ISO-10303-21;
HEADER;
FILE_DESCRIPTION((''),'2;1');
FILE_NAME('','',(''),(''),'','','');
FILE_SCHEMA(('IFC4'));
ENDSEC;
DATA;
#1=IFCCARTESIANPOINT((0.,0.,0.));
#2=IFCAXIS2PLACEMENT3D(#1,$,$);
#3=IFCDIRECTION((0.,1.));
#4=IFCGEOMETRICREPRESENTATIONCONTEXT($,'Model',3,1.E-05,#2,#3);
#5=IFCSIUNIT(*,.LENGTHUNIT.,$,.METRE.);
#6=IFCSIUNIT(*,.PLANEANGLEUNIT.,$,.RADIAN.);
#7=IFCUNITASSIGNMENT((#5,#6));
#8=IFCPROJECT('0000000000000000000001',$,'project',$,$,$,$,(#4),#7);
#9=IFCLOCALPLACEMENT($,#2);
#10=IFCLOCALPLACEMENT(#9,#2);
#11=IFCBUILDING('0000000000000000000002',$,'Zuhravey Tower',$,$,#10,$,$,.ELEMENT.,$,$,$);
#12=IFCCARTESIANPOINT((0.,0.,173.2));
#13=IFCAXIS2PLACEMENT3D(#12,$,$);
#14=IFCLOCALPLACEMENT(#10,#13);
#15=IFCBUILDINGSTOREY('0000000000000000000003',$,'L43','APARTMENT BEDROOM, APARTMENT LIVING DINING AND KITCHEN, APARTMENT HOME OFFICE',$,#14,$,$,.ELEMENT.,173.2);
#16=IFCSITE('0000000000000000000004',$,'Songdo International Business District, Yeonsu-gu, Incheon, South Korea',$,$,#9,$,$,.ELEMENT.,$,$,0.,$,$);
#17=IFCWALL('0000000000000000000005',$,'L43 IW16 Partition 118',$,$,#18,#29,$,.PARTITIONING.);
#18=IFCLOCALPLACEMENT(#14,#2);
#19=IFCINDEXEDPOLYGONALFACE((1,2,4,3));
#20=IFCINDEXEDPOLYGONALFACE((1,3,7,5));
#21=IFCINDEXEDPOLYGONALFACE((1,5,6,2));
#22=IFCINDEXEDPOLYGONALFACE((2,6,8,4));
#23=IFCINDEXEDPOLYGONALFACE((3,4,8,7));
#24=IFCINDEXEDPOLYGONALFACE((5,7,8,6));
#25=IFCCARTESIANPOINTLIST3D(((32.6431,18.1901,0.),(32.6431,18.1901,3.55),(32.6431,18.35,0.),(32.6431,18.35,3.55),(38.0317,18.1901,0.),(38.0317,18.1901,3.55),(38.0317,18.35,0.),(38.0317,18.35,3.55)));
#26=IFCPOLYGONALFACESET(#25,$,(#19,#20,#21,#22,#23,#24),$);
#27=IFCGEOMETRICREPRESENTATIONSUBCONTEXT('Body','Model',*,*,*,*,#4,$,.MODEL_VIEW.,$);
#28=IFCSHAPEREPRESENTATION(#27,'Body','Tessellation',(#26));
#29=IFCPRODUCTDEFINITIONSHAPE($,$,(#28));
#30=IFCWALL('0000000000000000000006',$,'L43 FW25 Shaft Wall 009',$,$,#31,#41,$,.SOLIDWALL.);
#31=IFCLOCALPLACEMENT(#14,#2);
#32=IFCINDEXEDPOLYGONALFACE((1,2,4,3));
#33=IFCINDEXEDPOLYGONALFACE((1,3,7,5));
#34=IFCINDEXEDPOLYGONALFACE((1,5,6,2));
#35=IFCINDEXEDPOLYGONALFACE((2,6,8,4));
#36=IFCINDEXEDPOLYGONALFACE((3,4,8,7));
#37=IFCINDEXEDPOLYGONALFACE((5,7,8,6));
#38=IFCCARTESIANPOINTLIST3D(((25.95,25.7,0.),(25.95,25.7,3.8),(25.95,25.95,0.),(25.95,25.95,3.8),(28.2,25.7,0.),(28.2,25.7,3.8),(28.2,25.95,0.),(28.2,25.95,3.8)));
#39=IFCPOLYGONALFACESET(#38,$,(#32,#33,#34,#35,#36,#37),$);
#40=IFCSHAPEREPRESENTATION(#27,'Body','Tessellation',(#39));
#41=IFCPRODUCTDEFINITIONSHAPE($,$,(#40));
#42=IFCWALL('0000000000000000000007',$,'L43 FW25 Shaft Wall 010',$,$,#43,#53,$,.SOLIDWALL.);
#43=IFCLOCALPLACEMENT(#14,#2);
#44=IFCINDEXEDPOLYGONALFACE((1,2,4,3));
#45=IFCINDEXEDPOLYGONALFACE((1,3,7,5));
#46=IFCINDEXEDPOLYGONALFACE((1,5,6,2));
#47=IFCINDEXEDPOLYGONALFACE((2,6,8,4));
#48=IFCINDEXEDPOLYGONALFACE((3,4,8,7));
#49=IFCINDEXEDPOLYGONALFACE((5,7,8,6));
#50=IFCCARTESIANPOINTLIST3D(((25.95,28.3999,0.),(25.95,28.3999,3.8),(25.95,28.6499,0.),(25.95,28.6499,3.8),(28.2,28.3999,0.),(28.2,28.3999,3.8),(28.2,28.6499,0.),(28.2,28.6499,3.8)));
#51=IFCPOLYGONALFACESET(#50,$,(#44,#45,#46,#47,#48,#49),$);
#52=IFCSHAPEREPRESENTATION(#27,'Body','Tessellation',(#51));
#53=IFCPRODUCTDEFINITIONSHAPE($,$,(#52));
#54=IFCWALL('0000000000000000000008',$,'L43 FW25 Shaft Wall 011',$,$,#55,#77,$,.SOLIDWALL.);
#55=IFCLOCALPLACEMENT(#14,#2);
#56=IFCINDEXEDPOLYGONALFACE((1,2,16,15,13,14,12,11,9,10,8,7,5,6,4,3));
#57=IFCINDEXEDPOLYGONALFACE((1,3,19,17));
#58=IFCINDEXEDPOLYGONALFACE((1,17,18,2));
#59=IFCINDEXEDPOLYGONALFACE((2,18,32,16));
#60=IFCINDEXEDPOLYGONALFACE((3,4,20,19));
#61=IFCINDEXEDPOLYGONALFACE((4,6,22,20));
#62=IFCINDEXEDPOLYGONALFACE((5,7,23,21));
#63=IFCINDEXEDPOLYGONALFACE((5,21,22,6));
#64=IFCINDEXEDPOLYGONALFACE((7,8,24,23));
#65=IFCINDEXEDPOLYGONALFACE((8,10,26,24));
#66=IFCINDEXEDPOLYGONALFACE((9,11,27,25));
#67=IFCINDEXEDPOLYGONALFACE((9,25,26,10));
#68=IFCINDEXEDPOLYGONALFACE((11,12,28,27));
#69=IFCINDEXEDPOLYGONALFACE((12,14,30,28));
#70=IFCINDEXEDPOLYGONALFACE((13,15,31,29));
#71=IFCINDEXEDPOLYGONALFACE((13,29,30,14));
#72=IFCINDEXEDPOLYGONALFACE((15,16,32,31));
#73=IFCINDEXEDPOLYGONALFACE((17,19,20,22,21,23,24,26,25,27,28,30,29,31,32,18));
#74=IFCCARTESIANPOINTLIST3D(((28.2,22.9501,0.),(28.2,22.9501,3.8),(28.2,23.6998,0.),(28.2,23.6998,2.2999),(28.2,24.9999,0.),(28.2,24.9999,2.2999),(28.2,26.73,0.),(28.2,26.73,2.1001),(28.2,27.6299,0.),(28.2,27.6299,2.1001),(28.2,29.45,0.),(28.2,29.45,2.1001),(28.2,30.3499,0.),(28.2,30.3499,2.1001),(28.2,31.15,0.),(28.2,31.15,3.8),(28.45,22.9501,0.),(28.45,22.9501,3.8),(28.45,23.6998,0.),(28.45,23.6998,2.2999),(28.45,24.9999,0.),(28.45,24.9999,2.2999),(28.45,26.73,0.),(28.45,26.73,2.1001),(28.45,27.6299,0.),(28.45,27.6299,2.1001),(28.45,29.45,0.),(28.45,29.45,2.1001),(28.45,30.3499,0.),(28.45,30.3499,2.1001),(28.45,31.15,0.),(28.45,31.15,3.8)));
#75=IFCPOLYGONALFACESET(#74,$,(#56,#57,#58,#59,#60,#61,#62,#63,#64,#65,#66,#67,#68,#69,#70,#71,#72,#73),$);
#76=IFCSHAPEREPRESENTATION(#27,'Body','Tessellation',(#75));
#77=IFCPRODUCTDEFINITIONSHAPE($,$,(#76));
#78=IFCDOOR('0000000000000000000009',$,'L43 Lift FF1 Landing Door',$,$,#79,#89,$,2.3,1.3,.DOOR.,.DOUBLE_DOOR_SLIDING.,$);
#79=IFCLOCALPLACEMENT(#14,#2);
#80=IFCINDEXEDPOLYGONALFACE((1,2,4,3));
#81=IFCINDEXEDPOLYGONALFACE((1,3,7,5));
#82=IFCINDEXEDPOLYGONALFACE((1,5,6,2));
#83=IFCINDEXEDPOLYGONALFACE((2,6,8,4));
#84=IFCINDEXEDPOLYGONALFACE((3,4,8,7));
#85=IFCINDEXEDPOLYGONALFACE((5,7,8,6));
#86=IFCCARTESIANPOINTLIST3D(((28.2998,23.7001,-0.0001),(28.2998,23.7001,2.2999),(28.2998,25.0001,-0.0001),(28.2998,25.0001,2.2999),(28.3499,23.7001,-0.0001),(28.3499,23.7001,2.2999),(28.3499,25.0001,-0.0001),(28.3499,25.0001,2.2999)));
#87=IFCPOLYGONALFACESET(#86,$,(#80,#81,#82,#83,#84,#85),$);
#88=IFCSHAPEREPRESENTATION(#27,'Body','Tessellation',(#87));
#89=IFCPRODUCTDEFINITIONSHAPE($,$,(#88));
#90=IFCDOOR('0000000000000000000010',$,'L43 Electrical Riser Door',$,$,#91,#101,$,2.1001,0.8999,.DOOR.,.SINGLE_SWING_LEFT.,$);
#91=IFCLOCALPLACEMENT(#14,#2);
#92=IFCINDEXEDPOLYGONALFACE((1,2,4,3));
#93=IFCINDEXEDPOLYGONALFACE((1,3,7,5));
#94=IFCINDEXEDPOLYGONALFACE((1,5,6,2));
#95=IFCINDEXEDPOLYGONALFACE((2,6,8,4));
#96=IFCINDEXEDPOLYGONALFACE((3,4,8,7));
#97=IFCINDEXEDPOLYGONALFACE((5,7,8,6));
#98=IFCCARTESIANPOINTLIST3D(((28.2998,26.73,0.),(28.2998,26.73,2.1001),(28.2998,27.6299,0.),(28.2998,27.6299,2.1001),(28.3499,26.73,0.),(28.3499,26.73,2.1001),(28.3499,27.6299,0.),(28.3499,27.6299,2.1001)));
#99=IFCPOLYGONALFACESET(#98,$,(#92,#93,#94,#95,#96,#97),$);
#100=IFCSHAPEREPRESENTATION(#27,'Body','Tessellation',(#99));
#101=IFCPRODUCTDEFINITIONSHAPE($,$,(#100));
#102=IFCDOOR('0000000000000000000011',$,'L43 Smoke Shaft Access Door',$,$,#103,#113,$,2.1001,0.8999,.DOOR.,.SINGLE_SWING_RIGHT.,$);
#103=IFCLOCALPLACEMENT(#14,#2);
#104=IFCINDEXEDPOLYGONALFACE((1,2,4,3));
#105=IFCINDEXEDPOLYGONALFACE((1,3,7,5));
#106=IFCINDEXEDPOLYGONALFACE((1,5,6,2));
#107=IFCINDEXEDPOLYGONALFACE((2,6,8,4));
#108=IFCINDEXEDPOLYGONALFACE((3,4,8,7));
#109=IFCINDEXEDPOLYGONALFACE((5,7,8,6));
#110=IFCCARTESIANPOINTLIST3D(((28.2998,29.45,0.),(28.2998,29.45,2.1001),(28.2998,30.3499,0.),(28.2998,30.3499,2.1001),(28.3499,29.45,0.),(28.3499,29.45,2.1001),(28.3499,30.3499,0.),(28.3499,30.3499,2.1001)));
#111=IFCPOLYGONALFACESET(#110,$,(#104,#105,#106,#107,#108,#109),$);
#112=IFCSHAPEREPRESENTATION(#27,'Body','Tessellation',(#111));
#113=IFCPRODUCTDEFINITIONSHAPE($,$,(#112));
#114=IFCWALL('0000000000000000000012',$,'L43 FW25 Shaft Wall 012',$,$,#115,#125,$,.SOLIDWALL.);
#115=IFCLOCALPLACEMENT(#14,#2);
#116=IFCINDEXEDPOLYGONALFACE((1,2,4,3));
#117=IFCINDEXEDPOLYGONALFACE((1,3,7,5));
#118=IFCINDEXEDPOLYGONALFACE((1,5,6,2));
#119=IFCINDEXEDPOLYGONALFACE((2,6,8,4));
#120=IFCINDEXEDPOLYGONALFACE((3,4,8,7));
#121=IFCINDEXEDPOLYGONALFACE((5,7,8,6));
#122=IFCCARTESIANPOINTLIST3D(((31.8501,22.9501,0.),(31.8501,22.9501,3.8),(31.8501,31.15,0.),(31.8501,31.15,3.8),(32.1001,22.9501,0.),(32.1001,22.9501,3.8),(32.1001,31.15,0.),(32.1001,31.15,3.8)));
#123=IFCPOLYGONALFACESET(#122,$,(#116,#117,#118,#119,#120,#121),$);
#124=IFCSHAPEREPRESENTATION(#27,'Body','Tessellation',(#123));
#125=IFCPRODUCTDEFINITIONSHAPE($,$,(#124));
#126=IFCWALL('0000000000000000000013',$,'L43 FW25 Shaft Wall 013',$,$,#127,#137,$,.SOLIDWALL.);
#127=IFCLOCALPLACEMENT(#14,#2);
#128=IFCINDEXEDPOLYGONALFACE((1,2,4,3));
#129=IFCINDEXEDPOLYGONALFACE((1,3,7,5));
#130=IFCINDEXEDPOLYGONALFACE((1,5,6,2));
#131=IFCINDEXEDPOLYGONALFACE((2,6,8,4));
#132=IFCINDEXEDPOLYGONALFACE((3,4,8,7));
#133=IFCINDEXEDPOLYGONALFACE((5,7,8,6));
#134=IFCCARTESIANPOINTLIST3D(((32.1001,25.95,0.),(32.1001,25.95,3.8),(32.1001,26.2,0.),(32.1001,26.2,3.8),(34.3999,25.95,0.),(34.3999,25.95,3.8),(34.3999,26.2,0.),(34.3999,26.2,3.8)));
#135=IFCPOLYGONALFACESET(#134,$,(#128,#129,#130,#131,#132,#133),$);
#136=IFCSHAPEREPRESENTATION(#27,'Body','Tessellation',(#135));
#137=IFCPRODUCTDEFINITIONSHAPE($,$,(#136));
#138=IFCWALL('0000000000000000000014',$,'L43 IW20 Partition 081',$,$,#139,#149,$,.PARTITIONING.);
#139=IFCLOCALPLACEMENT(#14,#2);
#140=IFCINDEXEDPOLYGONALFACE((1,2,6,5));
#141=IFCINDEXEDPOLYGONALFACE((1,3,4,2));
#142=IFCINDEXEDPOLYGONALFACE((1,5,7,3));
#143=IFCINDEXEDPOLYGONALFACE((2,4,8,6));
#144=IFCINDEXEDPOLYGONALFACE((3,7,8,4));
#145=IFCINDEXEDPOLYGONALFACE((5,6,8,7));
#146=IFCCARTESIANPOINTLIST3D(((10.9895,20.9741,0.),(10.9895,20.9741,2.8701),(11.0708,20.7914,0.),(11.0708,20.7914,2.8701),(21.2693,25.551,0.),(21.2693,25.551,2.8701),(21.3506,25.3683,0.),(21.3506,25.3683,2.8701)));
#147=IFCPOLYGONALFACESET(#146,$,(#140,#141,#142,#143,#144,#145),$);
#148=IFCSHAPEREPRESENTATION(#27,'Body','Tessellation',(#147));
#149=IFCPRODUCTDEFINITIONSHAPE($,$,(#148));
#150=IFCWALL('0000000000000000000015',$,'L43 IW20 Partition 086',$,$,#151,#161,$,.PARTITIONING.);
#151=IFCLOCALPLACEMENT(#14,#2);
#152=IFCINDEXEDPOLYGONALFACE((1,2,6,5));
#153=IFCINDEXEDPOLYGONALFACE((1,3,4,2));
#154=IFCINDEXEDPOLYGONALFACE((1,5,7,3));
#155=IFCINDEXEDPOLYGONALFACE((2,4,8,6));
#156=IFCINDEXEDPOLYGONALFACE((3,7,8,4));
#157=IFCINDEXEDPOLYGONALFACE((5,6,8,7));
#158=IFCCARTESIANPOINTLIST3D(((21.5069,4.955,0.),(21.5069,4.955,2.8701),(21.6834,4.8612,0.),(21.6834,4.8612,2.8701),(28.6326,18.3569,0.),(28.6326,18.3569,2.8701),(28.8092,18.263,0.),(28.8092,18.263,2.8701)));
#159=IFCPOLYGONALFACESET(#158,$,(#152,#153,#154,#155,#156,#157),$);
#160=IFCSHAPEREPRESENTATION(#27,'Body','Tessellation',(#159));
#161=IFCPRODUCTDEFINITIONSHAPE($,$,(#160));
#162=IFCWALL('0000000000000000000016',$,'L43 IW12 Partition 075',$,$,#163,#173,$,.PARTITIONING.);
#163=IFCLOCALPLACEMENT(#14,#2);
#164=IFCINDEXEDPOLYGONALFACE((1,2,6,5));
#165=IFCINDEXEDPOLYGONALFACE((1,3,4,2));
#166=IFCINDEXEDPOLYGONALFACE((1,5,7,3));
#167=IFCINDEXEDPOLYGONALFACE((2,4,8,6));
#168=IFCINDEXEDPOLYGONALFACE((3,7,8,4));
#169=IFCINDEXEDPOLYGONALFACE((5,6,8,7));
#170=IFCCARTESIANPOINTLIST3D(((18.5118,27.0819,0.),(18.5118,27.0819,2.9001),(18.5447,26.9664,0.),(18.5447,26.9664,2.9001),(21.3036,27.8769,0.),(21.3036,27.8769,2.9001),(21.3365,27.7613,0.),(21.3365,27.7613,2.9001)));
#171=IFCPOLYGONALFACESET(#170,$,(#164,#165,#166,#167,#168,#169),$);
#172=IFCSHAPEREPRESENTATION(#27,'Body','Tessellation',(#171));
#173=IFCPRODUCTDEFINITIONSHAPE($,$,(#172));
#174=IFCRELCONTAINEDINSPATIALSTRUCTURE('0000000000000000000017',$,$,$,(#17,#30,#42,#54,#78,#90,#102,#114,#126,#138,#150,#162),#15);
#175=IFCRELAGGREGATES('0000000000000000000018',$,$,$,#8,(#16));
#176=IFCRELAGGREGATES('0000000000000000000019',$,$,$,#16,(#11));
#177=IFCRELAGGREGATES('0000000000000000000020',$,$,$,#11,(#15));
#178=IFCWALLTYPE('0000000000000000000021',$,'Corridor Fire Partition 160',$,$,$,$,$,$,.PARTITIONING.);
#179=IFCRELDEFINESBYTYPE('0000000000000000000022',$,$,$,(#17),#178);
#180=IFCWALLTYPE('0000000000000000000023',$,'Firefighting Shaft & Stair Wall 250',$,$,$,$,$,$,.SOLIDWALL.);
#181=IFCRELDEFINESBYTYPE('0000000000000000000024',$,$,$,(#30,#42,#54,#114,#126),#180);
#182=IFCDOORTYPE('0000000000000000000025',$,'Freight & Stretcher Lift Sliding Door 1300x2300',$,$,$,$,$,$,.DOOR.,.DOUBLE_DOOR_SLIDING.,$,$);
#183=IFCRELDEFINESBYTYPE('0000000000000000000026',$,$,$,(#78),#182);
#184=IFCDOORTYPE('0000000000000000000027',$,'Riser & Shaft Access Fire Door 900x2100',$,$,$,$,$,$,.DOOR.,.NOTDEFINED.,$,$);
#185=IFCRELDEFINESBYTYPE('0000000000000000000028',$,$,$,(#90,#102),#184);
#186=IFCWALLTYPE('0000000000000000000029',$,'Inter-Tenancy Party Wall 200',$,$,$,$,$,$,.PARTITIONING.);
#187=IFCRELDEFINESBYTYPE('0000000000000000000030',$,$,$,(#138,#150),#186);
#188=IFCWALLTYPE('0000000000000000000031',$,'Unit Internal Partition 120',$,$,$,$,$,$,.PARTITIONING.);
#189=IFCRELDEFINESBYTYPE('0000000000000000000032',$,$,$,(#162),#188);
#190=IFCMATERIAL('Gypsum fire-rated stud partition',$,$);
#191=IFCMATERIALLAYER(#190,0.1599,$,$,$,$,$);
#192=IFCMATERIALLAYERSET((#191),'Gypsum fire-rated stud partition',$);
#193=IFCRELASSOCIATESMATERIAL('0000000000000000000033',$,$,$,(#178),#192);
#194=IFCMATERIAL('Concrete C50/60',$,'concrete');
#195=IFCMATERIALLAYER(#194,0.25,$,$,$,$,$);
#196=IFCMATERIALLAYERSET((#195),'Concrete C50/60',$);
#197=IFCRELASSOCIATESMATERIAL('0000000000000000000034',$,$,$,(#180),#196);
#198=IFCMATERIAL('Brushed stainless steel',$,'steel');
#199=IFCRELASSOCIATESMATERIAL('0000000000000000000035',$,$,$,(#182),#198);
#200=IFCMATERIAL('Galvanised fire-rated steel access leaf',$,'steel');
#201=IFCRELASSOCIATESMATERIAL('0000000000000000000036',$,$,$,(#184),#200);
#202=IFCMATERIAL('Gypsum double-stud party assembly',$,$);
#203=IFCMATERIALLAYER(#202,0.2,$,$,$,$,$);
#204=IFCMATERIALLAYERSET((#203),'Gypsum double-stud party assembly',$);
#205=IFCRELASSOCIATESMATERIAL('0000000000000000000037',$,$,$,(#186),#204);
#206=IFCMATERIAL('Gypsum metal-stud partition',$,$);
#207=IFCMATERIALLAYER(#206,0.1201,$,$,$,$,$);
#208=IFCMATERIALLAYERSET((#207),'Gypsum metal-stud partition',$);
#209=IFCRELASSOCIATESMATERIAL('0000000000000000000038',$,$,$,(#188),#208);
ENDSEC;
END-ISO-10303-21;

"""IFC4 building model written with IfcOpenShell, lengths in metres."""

from ifc_helpers import new_model, si_unit, direction, frame, frame_2d, origin, place, context, subcontext, project, spatial, rectangle, extrude, material, layer, layer_set, type_object, element, fill, save


model = new_model("IFC4")

# Units and contexts
model_context = context("Model", 3, precision=1e-05, world=origin(), true_north=direction((0.0, 1.0)))
body_context = subcontext(model_context, "Body", "Model", "MODEL_VIEW")
ifc_project = project(units=[si_unit("LENGTHUNIT", "METRE"), si_unit("PLANEANGLEUNIT", "RADIAN")], contexts=[model_context])

# Site, building, storey
site_placement = place(None, origin())
site = spatial("IfcSite", under=ifc_project, at=site_placement, Name="Songdo International Business District, Yeonsu-gu, Incheon, South Korea", CompositionType="ELEMENT", RefElevation=0.0)
building_placement = place(site_placement, origin())
building = spatial("IfcBuilding", under=site, at=building_placement, Name="Zuhravey Tower", CompositionType="ELEMENT")
storey_placement = place(building_placement, frame((0.0, 0.0, 173.2)))
storey = spatial("IfcBuildingStorey", under=building, at=storey_placement, Name="L43", Description="APARTMENT BEDROOM, APARTMENT LIVING DINING AND KITCHEN, APARTMENT HOME OFFICE", CompositionType="ELEMENT", Elevation=173.2)

# Shared definitions
ifc_material_1 = material(Name="Gypsum fire-rated stud partition")
ifc_layer_1 = layer(ifc_material_1, 0.1599)
ifc_layer_set_1 = layer_set([ifc_layer_1], Name="Gypsum fire-rated stud partition")
wall_type_1 = type_object("IfcWallType", Name="Corridor Fire Partition 160", PredefinedType="PARTITIONING", material=ifc_layer_set_1)

# Walls
wall_1_placement = place(storey_placement, frame((32.6431, 18.27, 0.0), z_axis=(0.0, 0.0, 1.0), x_axis=(1.0, 0.0, 0.0)))
element("IfcWall", 1, at=wall_1_placement, inside=storey, type_object=wall_type_1, Name="L43 IW16 Partition 118", PredefinedType="PARTITIONING", context=body_context, shape_type="SweptSolid", body=[
    extrude(rectangle(XDim=5.3887, YDim=0.1599, at=frame_2d((2.6943, 0.0))), origin(), (0.0, 0.0, 1.0), 3.55),
])
ifc_material_2 = material(Name="Concrete C50/60", Category="concrete")
ifc_layer_2 = layer(ifc_material_2, 0.25)
ifc_layer_set_2 = layer_set([ifc_layer_2], Name="Concrete C50/60")
wall_type_2 = type_object("IfcWallType", Name="Firefighting Shaft & Stair Wall 250", PredefinedType="SOLIDWALL", material=ifc_layer_set_2)
for number, where, z_axis, x_axis, name in (
    (2, (25.95, 25.825, 0.0), (0.0, 0.0, 1.0), (1.0, 0.0, 0.0), "L43 FW25 Shaft Wall 009"),
    (3, (25.95, 28.5249, 0.0), (0.0, 0.0, 1.0), (1.0, 0.0, 0.0), "L43 FW25 Shaft Wall 010"),
):
    element("IfcWall", number, at=place(storey_placement, frame(where, z_axis=z_axis, x_axis=x_axis)), inside=storey, type_object=wall_type_2, Name=name, PredefinedType="SOLIDWALL", context=body_context, shape_type="SweptSolid", body=[
        extrude(rectangle(XDim=2.25, YDim=0.25, at=frame_2d((1.125, 0.0))), origin(), (0.0, 0.0, 1.0), 3.8),
    ])

# Wall, openings, doors
wall_2_placement = place(storey_placement, frame((28.325, 22.95, 0.0), z_axis=(0.0, 0.0, 1.0), x_axis=(0.0, 1.0, 0.0)))
wall_2 = element("IfcWall", 4, at=wall_2_placement, inside=storey, type_object=wall_type_2, Name="L43 FW25 Shaft Wall 011", PredefinedType="SOLIDWALL", context=body_context, shape_type="SweptSolid", body=[
    extrude(rectangle(XDim=8.2, YDim=0.25, at=frame_2d((4.1001, 0.0))), origin(), (0.0, 0.0, 1.0), 3.8),
])
opening_1_placement = place(wall_2_placement, frame((0.75, 0.0, 0.0)))
opening_1 = element("IfcOpeningElement", 5, at=opening_1_placement, cuts=wall_2, PredefinedType="OPENING", context=body_context, shape_type="SweptSolid", body=[
    extrude(rectangle(XDim=1.3, YDim=2.3, at=frame_2d((0.6499, 1.1499))), frame((0.0, 0.137, 0.0), z_axis=(0.0, -1.0, 0.0), x_axis=(1.0, 0.0, 0.0)), (0.0, 0.0, 1.0), 0.2739),
])
opening_2_placement = place(wall_2_placement, frame((3.78, 0.0, 0.0)))
opening_2 = element("IfcOpeningElement", 6, at=opening_2_placement, cuts=wall_2, PredefinedType="OPENING", context=body_context, shape_type="SweptSolid", body=[
    extrude(rectangle(XDim=0.8999, YDim=2.1001, at=frame_2d((0.45, 1.05))), frame((0.0, 0.137, 0.0), z_axis=(0.0, -1.0, 0.0), x_axis=(1.0, 0.0, 0.0)), (0.0, 0.0, 1.0), 0.2739),
])
opening_3_placement = place(wall_2_placement, frame((6.5, 0.0, 0.0)))
opening_3 = element("IfcOpeningElement", 7, at=opening_3_placement, cuts=wall_2, PredefinedType="OPENING", context=body_context, shape_type="SweptSolid", body=[
    extrude(rectangle(XDim=0.8999, YDim=2.1001, at=frame_2d((0.45, 1.05))), frame((0.0, 0.137, 0.0), z_axis=(0.0, -1.0, 0.0), x_axis=(1.0, 0.0, 0.0)), (0.0, 0.0, 1.0), 0.2739),
])
ifc_material_3 = material(Name="Brushed stainless steel", Category="steel")
door_type_1 = type_object("IfcDoorType", Name="Freight & Stretcher Lift Sliding Door 1300x2300", OperationType="DOUBLE_DOOR_SLIDING", PredefinedType="DOOR", material=ifc_material_3)
door_1_placement = place(opening_1_placement, frame((1.3, 0.0, 0.0), z_axis=(0.0, 0.0, 1.0), x_axis=(-1.0, 0.0, 0.0)))
door_1 = element("IfcDoor", 8, at=door_1_placement, inside=storey, type_object=door_type_1, Name="L43 Lift FF1 Landing Door", OperationType="DOUBLE_DOOR_SLIDING", OverallHeight=2.3, OverallWidth=1.3, PredefinedType="DOOR", context=body_context, shape_type="SweptSolid", body=[
    extrude(rectangle(XDim=1.3, YDim=2.3, at=frame_2d((0.6499, 1.1499))), frame((0.0, 0.0249, 0.0), z_axis=(0.0, -1.0, 0.0), x_axis=(1.0, 0.0, 0.0)), (0.0, 0.0, 1.0), 0.05),
])
fill(opening_1, door_1)
ifc_material_4 = material(Name="Galvanised fire-rated steel access leaf", Category="steel")
door_type_2 = type_object("IfcDoorType", Name="Riser & Shaft Access Fire Door 900x2100", OperationType="NOTDEFINED", PredefinedType="DOOR", material=ifc_material_4)
door_2_placement = place(opening_2_placement, frame((0.8999, 0.0, 0.0), z_axis=(0.0, 0.0, 1.0), x_axis=(-1.0, 0.0, 0.0)))
door_2 = element("IfcDoor", 9, at=door_2_placement, inside=storey, type_object=door_type_2, Name="L43 Electrical Riser Door", OperationType="SINGLE_SWING_LEFT", OverallHeight=2.1001, OverallWidth=0.8999, PredefinedType="DOOR", context=body_context, shape_type="SweptSolid", body=[
    extrude(rectangle(XDim=0.8999, YDim=2.1001, at=frame_2d((0.45, 1.05))), frame((0.0, 0.0249, 0.0), z_axis=(0.0, -1.0, 0.0), x_axis=(1.0, 0.0, 0.0)), (0.0, 0.0, 1.0), 0.05),
])
fill(opening_2, door_2)
door_3_placement = place(opening_3_placement, frame((0.8999, 0.0, 0.0), z_axis=(0.0, 0.0, 1.0), x_axis=(-1.0, 0.0, 0.0)))
door_3 = element("IfcDoor", 10, at=door_3_placement, inside=storey, type_object=door_type_2, Name="L43 Smoke Shaft Access Door", OperationType="SINGLE_SWING_RIGHT", OverallHeight=2.1001, OverallWidth=0.8999, PredefinedType="DOOR", context=body_context, shape_type="SweptSolid", body=[
    extrude(rectangle(XDim=0.8999, YDim=2.1001, at=frame_2d((0.45, 1.05))), frame((0.0, 0.0249, 0.0), z_axis=(0.0, -1.0, 0.0), x_axis=(1.0, 0.0, 0.0)), (0.0, 0.0, 1.0), 0.05),
])
fill(opening_3, door_3)

# Walls
wall_3_placement = place(storey_placement, frame((31.9751, 22.95, 0.0), z_axis=(0.0, 0.0, 1.0), x_axis=(0.0, 1.0, 0.0)))
element("IfcWall", 11, at=wall_3_placement, inside=storey, type_object=wall_type_2, Name="L43 FW25 Shaft Wall 012", PredefinedType="SOLIDWALL", context=body_context, shape_type="SweptSolid", body=[
    extrude(rectangle(XDim=8.2, YDim=0.25, at=frame_2d((4.1001, 0.0))), origin(), (0.0, 0.0, 1.0), 3.8),
])
wall_4_placement = place(storey_placement, frame((32.1001, 26.075, 0.0), z_axis=(0.0, 0.0, 1.0), x_axis=(1.0, 0.0, 0.0)))
element("IfcWall", 12, at=wall_4_placement, inside=storey, type_object=wall_type_2, Name="L43 FW25 Shaft Wall 013", PredefinedType="SOLIDWALL", context=body_context, shape_type="SweptSolid", body=[
    extrude(rectangle(XDim=2.2998, YDim=0.25, at=frame_2d((1.1499, 0.0))), origin(), (0.0, 0.0, 1.0), 3.8),
])
ifc_material_5 = material(Name="Gypsum double-stud party assembly")
ifc_layer_3 = layer(ifc_material_5, 0.2)
ifc_layer_set_3 = layer_set([ifc_layer_3], Name="Gypsum double-stud party assembly")
wall_type_3 = type_object("IfcWallType", Name="Inter-Tenancy Party Wall 200", PredefinedType="PARTITIONING", material=ifc_layer_set_3)
wall_5_placement = place(storey_placement, frame((21.3101, 25.4597, 0.0), z_axis=(0.0, 0.0, 1.0), x_axis=(-0.913544, -0.40674, 0.0)))
element("IfcWall", 13, at=wall_5_placement, inside=storey, type_object=wall_type_3, Name="L43 IW20 Partition 081", PredefinedType="PARTITIONING", context=body_context, shape_type="SweptSolid", body=[
    extrude(rectangle(XDim=11.2527, YDim=0.2, at=frame_2d((5.6265, 0.0))), origin(), (0.0, 0.0, 1.0), 2.8701),
])
wall_6_placement = place(storey_placement, frame((28.7209, 18.3101, 0.0), z_axis=(0.0, 0.0, 1.0), x_axis=(-0.469463, -0.882952, 0.0)))
element("IfcWall", 14, at=wall_6_placement, inside=storey, type_object=wall_type_3, Name="L43 IW20 Partition 086", PredefinedType="PARTITIONING", context=body_context, shape_type="SweptSolid", body=[
    extrude(rectangle(XDim=15.1785, YDim=0.2, at=frame_2d((7.5894, 0.0))), origin(), (0.0, 0.0, 1.0), 2.8701),
])
ifc_material_6 = material(Name="Gypsum metal-stud partition")
ifc_layer_4 = layer(ifc_material_6, 0.1201)
ifc_layer_set_4 = layer_set([ifc_layer_4], Name="Gypsum metal-stud partition")
wall_type_4 = type_object("IfcWallType", Name="Unit Internal Partition 120", PredefinedType="PARTITIONING", material=ifc_layer_set_4)
wall_7_placement = place(storey_placement, frame((21.3201, 27.8191, 0.0), z_axis=(0.0, 0.0, 1.0), x_axis=(-0.961771, -0.273855, 0.0)))
element("IfcWall", 15, at=wall_7_placement, inside=storey, type_object=wall_type_4, Name="L43 IW12 Partition 075", PredefinedType="PARTITIONING", context=body_context, shape_type="SweptSolid", body=[
    extrude(rectangle(XDim=2.9028, YDim=0.1201, at=frame_2d((1.4514, 0.0))), origin(), (0.0, 0.0, 1.0), 2.9001),
])

save(model, "model.ifc")
